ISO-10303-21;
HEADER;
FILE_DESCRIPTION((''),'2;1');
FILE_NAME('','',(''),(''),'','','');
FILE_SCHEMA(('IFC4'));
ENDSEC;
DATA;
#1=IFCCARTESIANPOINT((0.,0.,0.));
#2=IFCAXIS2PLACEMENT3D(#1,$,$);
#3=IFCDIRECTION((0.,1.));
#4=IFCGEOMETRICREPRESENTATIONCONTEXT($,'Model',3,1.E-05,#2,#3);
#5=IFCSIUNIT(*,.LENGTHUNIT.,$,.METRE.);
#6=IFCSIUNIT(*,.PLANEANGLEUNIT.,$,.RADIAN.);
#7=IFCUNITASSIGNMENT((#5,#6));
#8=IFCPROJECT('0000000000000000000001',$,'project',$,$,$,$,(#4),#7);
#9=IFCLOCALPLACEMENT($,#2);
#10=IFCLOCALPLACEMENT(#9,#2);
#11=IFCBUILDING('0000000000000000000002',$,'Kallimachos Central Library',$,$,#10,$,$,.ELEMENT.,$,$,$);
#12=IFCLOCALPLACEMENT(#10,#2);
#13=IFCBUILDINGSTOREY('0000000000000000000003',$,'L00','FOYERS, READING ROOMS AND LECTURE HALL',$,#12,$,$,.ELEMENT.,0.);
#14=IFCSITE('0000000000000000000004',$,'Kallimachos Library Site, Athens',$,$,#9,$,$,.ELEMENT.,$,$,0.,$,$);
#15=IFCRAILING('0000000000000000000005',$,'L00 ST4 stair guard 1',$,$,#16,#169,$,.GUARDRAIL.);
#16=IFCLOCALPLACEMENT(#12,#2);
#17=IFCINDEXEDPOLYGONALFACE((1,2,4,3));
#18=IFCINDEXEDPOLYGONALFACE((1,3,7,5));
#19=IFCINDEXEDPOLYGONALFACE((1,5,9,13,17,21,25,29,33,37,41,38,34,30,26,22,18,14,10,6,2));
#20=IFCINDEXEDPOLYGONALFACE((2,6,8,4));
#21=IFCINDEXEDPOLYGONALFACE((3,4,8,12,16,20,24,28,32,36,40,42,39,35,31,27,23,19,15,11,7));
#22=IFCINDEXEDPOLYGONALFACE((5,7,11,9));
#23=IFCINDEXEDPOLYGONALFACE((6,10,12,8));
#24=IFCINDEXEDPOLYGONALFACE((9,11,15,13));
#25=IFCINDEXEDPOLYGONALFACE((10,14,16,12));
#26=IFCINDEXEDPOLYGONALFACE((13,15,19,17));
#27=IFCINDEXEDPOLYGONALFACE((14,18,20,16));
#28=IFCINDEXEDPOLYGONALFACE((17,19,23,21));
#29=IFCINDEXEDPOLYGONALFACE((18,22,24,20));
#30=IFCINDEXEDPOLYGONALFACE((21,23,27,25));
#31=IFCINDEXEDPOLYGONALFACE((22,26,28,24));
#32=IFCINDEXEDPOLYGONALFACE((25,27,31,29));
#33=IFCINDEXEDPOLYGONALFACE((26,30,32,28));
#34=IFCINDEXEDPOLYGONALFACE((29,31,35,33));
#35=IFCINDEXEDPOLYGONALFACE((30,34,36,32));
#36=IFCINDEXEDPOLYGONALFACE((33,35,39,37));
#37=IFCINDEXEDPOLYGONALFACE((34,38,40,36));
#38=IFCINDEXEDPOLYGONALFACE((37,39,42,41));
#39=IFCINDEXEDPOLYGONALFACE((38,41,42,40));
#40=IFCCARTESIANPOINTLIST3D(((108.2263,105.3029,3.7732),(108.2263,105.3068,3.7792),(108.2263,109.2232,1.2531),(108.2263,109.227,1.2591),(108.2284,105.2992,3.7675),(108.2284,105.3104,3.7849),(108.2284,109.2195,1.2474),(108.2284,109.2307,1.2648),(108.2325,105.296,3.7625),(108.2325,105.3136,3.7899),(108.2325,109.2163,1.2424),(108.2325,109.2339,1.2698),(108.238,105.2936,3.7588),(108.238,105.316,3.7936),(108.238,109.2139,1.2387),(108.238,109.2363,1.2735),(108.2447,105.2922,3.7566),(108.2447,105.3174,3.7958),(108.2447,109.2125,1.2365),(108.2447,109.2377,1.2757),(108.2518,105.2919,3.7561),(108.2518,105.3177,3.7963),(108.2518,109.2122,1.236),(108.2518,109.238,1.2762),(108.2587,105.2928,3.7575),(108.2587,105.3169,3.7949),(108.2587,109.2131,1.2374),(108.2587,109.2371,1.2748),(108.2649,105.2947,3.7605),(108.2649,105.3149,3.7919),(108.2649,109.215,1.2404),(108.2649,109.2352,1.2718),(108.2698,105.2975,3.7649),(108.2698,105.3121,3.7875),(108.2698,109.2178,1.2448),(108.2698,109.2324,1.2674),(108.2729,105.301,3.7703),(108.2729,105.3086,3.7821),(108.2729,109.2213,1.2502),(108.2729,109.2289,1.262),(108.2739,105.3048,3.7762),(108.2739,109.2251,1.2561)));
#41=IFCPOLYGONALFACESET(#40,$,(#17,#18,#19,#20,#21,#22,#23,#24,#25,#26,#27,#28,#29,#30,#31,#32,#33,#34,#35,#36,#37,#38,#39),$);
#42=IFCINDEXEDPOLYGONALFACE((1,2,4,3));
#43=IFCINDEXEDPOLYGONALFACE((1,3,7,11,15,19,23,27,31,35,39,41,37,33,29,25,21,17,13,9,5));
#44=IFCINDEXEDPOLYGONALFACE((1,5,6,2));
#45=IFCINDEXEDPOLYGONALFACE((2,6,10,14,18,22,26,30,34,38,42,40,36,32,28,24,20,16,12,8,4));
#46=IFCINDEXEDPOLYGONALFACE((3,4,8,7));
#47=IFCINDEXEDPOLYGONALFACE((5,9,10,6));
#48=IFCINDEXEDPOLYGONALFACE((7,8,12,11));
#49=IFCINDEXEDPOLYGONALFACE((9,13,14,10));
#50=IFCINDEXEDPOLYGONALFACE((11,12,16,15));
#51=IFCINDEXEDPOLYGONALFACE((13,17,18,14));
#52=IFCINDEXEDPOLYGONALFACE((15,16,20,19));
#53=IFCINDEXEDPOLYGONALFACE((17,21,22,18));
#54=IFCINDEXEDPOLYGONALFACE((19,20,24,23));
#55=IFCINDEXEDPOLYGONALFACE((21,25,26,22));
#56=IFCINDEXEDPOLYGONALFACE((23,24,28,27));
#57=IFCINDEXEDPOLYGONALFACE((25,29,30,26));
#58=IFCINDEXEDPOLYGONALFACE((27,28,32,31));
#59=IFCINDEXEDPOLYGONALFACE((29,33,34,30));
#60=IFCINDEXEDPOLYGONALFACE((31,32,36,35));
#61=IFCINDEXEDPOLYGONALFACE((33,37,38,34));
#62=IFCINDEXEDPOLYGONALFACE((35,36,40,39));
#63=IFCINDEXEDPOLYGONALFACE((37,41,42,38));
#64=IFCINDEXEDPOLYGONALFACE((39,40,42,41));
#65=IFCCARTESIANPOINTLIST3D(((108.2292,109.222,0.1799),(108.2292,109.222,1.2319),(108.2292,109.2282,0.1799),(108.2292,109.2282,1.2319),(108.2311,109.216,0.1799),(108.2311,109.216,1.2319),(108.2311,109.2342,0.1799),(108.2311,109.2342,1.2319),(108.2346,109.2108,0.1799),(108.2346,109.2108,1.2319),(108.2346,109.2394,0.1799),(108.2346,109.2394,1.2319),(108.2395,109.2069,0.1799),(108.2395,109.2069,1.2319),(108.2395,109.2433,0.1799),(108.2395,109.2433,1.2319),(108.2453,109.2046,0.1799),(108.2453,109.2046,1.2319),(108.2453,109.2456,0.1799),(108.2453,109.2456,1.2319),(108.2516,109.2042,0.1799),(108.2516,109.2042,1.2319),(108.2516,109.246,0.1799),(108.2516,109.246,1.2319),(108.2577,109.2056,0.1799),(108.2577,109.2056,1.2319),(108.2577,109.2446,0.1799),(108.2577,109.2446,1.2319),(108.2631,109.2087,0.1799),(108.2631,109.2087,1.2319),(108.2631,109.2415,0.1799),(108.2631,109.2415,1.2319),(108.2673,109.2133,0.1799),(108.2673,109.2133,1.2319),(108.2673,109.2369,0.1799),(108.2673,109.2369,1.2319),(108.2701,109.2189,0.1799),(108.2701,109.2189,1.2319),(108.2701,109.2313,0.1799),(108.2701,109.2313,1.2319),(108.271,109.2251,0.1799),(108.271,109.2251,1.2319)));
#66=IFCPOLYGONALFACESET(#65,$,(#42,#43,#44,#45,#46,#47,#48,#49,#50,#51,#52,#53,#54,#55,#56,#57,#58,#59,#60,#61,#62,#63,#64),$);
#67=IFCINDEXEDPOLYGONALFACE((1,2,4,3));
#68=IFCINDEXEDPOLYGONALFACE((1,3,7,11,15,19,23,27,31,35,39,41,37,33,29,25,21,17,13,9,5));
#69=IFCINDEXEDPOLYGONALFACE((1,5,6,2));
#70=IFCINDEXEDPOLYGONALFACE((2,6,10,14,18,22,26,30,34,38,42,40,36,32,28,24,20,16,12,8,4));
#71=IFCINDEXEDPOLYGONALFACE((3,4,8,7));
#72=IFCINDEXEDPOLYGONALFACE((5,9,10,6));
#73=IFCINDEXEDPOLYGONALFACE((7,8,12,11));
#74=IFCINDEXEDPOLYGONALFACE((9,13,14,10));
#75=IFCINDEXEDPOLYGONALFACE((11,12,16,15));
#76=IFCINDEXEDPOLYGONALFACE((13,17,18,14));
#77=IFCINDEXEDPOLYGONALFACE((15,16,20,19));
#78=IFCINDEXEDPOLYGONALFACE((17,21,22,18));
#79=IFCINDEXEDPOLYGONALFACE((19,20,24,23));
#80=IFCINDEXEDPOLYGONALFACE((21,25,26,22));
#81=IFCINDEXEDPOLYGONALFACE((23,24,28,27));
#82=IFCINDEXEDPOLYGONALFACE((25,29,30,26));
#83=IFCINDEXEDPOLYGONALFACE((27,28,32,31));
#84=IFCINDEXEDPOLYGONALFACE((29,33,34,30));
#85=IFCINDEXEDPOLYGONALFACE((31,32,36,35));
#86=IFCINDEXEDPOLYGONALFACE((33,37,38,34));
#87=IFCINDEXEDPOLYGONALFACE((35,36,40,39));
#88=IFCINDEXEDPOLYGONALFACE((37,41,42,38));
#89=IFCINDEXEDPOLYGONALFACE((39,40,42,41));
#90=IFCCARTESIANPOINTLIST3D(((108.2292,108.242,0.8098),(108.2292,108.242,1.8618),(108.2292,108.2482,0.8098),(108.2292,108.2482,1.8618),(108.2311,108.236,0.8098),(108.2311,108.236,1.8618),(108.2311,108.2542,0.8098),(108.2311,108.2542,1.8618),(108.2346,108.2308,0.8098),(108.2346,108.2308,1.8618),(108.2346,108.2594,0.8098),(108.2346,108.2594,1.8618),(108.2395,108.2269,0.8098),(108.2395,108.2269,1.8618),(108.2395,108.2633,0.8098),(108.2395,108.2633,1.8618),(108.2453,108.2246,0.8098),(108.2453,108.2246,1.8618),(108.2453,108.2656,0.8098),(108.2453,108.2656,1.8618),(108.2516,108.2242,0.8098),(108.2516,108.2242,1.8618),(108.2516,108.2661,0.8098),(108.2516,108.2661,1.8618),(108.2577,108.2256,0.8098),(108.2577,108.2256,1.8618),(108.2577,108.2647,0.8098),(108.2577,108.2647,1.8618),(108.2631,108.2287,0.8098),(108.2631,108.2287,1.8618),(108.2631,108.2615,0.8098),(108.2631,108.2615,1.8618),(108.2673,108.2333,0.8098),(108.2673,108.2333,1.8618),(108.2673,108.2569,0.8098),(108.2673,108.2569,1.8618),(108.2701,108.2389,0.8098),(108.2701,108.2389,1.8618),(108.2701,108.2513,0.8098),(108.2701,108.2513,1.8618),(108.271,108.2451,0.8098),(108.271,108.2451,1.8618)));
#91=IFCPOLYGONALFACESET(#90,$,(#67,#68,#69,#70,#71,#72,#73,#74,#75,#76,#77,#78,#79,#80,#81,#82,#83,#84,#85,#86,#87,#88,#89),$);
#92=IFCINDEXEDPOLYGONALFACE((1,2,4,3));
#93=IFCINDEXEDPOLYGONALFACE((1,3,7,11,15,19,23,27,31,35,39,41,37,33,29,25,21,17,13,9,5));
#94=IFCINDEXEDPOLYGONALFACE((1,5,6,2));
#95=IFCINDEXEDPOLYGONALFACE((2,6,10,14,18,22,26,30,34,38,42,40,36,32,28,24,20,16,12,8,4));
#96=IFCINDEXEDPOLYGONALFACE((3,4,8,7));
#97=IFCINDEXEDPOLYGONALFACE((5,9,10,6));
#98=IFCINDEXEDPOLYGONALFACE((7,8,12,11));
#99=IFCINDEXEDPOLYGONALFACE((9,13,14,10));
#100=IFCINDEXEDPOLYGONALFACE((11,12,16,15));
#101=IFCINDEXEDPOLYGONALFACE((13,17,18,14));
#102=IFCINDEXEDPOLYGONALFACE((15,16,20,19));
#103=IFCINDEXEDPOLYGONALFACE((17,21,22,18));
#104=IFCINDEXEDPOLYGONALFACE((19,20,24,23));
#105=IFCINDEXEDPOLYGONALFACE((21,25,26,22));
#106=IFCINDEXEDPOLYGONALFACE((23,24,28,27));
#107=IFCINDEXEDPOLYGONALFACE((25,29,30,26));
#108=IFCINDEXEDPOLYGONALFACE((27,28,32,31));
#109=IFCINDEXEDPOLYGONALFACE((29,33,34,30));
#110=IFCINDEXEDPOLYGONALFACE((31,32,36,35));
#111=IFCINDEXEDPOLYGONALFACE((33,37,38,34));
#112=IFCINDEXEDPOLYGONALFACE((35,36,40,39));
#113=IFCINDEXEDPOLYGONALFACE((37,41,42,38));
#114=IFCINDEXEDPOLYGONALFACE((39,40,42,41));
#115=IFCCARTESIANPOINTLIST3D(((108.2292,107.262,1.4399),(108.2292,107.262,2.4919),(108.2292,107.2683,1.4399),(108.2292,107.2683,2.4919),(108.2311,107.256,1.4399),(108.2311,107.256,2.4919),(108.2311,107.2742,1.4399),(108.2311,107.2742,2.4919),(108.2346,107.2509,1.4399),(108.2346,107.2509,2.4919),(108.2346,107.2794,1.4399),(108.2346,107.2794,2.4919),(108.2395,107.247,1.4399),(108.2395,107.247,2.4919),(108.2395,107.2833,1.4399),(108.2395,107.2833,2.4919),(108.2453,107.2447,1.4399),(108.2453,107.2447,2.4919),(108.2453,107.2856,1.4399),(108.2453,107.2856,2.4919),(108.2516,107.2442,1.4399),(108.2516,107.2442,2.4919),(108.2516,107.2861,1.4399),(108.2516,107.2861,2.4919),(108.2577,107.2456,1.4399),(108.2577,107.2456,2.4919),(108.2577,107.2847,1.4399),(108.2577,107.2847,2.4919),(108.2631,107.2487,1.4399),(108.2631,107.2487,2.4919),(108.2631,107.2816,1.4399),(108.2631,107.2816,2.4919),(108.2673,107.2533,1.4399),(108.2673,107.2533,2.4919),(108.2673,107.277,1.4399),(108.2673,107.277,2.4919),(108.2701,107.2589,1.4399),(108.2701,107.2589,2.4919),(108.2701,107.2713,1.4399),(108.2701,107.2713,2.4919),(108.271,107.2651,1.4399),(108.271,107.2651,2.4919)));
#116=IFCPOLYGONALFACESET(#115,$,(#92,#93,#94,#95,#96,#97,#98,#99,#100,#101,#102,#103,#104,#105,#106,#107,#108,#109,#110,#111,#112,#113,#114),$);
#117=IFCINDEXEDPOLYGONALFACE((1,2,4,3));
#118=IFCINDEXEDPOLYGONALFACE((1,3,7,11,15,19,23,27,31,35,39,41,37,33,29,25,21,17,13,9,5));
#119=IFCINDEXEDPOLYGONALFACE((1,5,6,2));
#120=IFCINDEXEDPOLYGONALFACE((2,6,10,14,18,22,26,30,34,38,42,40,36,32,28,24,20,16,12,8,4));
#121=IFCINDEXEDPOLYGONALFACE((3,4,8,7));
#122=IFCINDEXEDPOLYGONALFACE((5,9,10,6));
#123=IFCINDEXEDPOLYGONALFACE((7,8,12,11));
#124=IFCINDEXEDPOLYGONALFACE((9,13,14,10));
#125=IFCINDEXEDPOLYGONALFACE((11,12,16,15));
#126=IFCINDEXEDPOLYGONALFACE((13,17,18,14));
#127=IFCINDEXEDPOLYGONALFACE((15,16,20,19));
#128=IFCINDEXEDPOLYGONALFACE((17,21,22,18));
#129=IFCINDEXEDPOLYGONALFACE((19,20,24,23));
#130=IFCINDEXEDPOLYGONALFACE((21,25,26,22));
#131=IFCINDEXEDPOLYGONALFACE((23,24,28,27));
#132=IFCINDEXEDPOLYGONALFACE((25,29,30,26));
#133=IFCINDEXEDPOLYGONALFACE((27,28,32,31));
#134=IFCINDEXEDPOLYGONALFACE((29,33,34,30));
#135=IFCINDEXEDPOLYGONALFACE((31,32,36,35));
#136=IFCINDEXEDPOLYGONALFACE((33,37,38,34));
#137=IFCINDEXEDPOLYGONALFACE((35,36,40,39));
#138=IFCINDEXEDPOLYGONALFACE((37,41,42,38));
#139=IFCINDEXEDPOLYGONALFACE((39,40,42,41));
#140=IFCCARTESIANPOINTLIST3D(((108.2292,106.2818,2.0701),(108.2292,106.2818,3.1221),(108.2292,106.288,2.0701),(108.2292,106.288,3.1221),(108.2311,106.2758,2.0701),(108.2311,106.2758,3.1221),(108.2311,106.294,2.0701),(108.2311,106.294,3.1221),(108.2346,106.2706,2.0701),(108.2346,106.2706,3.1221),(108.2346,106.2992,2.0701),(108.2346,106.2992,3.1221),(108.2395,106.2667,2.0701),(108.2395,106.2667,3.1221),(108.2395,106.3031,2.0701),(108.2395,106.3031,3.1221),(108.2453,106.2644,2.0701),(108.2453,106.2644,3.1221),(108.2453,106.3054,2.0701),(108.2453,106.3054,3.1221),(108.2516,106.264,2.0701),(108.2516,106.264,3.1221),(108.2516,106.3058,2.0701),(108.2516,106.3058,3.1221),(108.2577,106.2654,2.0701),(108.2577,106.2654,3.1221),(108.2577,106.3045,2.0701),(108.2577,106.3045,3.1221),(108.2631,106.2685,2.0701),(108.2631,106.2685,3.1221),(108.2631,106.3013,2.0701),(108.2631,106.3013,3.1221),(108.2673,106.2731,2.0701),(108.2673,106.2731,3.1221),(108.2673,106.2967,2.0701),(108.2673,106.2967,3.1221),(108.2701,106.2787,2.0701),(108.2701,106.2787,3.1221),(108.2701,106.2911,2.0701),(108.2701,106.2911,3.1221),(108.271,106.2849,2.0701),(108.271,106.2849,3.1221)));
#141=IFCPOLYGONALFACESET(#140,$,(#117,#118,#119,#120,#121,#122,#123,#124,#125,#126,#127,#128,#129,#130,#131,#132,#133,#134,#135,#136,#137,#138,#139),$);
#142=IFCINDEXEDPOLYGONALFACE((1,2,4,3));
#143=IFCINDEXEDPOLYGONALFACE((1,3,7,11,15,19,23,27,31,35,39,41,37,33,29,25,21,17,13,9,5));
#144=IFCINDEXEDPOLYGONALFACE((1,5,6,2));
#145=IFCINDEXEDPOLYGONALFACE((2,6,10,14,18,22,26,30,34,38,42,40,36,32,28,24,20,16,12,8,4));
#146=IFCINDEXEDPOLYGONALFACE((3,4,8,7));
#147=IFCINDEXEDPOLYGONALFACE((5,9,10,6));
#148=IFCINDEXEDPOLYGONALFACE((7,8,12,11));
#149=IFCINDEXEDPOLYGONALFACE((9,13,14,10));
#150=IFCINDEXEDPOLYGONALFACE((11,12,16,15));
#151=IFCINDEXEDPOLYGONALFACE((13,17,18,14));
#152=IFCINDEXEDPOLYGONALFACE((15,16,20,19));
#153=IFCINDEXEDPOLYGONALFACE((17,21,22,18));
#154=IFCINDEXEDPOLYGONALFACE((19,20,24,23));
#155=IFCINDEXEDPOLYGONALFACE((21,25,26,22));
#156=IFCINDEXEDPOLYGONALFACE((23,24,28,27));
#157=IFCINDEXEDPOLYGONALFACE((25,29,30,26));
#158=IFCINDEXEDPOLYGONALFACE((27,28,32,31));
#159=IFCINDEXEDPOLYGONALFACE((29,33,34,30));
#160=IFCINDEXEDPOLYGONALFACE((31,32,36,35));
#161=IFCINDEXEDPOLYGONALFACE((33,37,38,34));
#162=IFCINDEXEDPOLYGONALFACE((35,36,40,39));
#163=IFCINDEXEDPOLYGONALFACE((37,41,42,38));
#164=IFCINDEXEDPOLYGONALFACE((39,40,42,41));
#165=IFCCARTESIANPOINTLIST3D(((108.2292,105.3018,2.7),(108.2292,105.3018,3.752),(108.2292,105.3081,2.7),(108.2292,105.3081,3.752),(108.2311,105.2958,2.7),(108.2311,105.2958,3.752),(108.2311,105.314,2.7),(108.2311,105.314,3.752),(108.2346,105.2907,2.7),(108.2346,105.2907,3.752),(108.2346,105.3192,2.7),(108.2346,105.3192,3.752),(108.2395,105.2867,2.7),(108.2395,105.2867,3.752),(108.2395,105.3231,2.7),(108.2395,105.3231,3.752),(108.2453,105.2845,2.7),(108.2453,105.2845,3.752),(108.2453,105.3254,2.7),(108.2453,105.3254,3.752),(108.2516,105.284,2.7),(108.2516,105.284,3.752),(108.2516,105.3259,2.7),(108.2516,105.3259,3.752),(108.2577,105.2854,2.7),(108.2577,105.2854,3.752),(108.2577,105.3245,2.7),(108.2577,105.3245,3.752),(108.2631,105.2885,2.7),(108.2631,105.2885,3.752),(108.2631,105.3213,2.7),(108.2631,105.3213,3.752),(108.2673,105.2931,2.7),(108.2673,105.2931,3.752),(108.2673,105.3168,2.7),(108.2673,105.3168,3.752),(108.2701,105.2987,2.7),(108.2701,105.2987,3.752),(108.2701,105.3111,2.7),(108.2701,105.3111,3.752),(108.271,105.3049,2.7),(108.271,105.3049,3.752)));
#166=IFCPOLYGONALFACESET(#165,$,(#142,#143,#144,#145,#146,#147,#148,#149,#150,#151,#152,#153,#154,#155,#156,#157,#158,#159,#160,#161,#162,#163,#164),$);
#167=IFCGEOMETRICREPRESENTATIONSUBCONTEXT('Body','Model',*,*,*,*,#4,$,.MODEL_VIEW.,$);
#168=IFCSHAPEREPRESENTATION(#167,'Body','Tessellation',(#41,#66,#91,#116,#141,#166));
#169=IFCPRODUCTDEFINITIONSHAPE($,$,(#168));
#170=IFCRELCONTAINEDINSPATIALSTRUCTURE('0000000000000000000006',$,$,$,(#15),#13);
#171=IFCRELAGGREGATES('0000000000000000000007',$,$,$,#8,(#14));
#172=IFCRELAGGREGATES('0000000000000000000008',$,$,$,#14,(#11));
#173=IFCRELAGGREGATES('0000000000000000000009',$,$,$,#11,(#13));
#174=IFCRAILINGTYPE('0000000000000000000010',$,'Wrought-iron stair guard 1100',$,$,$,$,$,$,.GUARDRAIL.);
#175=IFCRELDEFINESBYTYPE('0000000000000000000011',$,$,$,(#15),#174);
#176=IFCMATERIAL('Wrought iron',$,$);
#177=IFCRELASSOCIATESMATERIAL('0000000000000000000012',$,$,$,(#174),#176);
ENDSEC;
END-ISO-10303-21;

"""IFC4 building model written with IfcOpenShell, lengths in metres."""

from ifc_helpers import new_model, si_unit, direction, frame, origin, origin_2d, place, context, subcontext, project, spatial, circle, extrude, material, type_object, element, save


model = new_model("IFC4")

# Units and contexts
model_context = context("Model", 3, precision=1e-05, world=origin(), true_north=direction((0.0, 1.0)))
body_context = subcontext(model_context, "Body", "Model", "MODEL_VIEW")
ifc_project = project(units=[si_unit("LENGTHUNIT", "METRE"), si_unit("PLANEANGLEUNIT", "RADIAN")], contexts=[model_context])

# Site, building, storey
site_placement = place(None, origin())
site = spatial("IfcSite", under=ifc_project, at=site_placement, Name="Kallimachos Library Site, Athens", CompositionType="ELEMENT", RefElevation=0.0)
building_placement = place(site_placement, origin())
building = spatial("IfcBuilding", under=site, at=building_placement, Name="Kallimachos Central Library", CompositionType="ELEMENT")
storey_placement = place(building_placement, origin())
storey = spatial("IfcBuildingStorey", under=building, at=storey_placement, Name="L00", Description="FOYERS, READING ROOMS AND LECTURE HALL", CompositionType="ELEMENT", Elevation=0.0)

# Railing
ifc_material_1 = material(Name="Wrought iron")
railing_type_1 = type_object("IfcRailingType", Name="Wrought-iron stair guard 1100", PredefinedType="GUARDRAIL", material=ifc_material_1)
railing_1_placement = place(storey_placement, frame((108.25, 109.2251, 0.1799)))
element("IfcRailing", 1, at=railing_1_placement, inside=storey, type_object=railing_type_1, Name="L00 ST4 stair guard 1", PredefinedType="GUARDRAIL", context=body_context, shape_type="SweptSolid", body=[
    extrude(circle(Radius=0.0239, at=origin_2d()), frame((0.0, 0.0, 1.0762), z_axis=(0.0, -0.841187, 0.540744), x_axis=(1.0, 0.0, 0.0)), (0.0, 0.0, 1.0), 4.6604),
    extrude(circle(Radius=0.021, at=origin_2d()), origin(), (0.0, 0.0, 1.0), 1.052),
    extrude(circle(Radius=0.021, at=origin_2d()), frame((0.0, -0.98, 0.6299)), (0.0, 0.0, 1.0), 1.052),
    extrude(circle(Radius=0.021, at=origin_2d()), frame((0.0, -1.96, 1.26)), (0.0, 0.0, 1.0), 1.052),
    extrude(circle(Radius=0.021, at=origin_2d()), frame((0.0, -2.9402, 1.8901)), (0.0, 0.0, 1.0), 1.052),
    extrude(circle(Radius=0.021, at=origin_2d()), frame((0.0, -3.9202, 2.52)), (0.0, 0.0, 1.0), 1.052),
])

save(model, "model.ifc")
